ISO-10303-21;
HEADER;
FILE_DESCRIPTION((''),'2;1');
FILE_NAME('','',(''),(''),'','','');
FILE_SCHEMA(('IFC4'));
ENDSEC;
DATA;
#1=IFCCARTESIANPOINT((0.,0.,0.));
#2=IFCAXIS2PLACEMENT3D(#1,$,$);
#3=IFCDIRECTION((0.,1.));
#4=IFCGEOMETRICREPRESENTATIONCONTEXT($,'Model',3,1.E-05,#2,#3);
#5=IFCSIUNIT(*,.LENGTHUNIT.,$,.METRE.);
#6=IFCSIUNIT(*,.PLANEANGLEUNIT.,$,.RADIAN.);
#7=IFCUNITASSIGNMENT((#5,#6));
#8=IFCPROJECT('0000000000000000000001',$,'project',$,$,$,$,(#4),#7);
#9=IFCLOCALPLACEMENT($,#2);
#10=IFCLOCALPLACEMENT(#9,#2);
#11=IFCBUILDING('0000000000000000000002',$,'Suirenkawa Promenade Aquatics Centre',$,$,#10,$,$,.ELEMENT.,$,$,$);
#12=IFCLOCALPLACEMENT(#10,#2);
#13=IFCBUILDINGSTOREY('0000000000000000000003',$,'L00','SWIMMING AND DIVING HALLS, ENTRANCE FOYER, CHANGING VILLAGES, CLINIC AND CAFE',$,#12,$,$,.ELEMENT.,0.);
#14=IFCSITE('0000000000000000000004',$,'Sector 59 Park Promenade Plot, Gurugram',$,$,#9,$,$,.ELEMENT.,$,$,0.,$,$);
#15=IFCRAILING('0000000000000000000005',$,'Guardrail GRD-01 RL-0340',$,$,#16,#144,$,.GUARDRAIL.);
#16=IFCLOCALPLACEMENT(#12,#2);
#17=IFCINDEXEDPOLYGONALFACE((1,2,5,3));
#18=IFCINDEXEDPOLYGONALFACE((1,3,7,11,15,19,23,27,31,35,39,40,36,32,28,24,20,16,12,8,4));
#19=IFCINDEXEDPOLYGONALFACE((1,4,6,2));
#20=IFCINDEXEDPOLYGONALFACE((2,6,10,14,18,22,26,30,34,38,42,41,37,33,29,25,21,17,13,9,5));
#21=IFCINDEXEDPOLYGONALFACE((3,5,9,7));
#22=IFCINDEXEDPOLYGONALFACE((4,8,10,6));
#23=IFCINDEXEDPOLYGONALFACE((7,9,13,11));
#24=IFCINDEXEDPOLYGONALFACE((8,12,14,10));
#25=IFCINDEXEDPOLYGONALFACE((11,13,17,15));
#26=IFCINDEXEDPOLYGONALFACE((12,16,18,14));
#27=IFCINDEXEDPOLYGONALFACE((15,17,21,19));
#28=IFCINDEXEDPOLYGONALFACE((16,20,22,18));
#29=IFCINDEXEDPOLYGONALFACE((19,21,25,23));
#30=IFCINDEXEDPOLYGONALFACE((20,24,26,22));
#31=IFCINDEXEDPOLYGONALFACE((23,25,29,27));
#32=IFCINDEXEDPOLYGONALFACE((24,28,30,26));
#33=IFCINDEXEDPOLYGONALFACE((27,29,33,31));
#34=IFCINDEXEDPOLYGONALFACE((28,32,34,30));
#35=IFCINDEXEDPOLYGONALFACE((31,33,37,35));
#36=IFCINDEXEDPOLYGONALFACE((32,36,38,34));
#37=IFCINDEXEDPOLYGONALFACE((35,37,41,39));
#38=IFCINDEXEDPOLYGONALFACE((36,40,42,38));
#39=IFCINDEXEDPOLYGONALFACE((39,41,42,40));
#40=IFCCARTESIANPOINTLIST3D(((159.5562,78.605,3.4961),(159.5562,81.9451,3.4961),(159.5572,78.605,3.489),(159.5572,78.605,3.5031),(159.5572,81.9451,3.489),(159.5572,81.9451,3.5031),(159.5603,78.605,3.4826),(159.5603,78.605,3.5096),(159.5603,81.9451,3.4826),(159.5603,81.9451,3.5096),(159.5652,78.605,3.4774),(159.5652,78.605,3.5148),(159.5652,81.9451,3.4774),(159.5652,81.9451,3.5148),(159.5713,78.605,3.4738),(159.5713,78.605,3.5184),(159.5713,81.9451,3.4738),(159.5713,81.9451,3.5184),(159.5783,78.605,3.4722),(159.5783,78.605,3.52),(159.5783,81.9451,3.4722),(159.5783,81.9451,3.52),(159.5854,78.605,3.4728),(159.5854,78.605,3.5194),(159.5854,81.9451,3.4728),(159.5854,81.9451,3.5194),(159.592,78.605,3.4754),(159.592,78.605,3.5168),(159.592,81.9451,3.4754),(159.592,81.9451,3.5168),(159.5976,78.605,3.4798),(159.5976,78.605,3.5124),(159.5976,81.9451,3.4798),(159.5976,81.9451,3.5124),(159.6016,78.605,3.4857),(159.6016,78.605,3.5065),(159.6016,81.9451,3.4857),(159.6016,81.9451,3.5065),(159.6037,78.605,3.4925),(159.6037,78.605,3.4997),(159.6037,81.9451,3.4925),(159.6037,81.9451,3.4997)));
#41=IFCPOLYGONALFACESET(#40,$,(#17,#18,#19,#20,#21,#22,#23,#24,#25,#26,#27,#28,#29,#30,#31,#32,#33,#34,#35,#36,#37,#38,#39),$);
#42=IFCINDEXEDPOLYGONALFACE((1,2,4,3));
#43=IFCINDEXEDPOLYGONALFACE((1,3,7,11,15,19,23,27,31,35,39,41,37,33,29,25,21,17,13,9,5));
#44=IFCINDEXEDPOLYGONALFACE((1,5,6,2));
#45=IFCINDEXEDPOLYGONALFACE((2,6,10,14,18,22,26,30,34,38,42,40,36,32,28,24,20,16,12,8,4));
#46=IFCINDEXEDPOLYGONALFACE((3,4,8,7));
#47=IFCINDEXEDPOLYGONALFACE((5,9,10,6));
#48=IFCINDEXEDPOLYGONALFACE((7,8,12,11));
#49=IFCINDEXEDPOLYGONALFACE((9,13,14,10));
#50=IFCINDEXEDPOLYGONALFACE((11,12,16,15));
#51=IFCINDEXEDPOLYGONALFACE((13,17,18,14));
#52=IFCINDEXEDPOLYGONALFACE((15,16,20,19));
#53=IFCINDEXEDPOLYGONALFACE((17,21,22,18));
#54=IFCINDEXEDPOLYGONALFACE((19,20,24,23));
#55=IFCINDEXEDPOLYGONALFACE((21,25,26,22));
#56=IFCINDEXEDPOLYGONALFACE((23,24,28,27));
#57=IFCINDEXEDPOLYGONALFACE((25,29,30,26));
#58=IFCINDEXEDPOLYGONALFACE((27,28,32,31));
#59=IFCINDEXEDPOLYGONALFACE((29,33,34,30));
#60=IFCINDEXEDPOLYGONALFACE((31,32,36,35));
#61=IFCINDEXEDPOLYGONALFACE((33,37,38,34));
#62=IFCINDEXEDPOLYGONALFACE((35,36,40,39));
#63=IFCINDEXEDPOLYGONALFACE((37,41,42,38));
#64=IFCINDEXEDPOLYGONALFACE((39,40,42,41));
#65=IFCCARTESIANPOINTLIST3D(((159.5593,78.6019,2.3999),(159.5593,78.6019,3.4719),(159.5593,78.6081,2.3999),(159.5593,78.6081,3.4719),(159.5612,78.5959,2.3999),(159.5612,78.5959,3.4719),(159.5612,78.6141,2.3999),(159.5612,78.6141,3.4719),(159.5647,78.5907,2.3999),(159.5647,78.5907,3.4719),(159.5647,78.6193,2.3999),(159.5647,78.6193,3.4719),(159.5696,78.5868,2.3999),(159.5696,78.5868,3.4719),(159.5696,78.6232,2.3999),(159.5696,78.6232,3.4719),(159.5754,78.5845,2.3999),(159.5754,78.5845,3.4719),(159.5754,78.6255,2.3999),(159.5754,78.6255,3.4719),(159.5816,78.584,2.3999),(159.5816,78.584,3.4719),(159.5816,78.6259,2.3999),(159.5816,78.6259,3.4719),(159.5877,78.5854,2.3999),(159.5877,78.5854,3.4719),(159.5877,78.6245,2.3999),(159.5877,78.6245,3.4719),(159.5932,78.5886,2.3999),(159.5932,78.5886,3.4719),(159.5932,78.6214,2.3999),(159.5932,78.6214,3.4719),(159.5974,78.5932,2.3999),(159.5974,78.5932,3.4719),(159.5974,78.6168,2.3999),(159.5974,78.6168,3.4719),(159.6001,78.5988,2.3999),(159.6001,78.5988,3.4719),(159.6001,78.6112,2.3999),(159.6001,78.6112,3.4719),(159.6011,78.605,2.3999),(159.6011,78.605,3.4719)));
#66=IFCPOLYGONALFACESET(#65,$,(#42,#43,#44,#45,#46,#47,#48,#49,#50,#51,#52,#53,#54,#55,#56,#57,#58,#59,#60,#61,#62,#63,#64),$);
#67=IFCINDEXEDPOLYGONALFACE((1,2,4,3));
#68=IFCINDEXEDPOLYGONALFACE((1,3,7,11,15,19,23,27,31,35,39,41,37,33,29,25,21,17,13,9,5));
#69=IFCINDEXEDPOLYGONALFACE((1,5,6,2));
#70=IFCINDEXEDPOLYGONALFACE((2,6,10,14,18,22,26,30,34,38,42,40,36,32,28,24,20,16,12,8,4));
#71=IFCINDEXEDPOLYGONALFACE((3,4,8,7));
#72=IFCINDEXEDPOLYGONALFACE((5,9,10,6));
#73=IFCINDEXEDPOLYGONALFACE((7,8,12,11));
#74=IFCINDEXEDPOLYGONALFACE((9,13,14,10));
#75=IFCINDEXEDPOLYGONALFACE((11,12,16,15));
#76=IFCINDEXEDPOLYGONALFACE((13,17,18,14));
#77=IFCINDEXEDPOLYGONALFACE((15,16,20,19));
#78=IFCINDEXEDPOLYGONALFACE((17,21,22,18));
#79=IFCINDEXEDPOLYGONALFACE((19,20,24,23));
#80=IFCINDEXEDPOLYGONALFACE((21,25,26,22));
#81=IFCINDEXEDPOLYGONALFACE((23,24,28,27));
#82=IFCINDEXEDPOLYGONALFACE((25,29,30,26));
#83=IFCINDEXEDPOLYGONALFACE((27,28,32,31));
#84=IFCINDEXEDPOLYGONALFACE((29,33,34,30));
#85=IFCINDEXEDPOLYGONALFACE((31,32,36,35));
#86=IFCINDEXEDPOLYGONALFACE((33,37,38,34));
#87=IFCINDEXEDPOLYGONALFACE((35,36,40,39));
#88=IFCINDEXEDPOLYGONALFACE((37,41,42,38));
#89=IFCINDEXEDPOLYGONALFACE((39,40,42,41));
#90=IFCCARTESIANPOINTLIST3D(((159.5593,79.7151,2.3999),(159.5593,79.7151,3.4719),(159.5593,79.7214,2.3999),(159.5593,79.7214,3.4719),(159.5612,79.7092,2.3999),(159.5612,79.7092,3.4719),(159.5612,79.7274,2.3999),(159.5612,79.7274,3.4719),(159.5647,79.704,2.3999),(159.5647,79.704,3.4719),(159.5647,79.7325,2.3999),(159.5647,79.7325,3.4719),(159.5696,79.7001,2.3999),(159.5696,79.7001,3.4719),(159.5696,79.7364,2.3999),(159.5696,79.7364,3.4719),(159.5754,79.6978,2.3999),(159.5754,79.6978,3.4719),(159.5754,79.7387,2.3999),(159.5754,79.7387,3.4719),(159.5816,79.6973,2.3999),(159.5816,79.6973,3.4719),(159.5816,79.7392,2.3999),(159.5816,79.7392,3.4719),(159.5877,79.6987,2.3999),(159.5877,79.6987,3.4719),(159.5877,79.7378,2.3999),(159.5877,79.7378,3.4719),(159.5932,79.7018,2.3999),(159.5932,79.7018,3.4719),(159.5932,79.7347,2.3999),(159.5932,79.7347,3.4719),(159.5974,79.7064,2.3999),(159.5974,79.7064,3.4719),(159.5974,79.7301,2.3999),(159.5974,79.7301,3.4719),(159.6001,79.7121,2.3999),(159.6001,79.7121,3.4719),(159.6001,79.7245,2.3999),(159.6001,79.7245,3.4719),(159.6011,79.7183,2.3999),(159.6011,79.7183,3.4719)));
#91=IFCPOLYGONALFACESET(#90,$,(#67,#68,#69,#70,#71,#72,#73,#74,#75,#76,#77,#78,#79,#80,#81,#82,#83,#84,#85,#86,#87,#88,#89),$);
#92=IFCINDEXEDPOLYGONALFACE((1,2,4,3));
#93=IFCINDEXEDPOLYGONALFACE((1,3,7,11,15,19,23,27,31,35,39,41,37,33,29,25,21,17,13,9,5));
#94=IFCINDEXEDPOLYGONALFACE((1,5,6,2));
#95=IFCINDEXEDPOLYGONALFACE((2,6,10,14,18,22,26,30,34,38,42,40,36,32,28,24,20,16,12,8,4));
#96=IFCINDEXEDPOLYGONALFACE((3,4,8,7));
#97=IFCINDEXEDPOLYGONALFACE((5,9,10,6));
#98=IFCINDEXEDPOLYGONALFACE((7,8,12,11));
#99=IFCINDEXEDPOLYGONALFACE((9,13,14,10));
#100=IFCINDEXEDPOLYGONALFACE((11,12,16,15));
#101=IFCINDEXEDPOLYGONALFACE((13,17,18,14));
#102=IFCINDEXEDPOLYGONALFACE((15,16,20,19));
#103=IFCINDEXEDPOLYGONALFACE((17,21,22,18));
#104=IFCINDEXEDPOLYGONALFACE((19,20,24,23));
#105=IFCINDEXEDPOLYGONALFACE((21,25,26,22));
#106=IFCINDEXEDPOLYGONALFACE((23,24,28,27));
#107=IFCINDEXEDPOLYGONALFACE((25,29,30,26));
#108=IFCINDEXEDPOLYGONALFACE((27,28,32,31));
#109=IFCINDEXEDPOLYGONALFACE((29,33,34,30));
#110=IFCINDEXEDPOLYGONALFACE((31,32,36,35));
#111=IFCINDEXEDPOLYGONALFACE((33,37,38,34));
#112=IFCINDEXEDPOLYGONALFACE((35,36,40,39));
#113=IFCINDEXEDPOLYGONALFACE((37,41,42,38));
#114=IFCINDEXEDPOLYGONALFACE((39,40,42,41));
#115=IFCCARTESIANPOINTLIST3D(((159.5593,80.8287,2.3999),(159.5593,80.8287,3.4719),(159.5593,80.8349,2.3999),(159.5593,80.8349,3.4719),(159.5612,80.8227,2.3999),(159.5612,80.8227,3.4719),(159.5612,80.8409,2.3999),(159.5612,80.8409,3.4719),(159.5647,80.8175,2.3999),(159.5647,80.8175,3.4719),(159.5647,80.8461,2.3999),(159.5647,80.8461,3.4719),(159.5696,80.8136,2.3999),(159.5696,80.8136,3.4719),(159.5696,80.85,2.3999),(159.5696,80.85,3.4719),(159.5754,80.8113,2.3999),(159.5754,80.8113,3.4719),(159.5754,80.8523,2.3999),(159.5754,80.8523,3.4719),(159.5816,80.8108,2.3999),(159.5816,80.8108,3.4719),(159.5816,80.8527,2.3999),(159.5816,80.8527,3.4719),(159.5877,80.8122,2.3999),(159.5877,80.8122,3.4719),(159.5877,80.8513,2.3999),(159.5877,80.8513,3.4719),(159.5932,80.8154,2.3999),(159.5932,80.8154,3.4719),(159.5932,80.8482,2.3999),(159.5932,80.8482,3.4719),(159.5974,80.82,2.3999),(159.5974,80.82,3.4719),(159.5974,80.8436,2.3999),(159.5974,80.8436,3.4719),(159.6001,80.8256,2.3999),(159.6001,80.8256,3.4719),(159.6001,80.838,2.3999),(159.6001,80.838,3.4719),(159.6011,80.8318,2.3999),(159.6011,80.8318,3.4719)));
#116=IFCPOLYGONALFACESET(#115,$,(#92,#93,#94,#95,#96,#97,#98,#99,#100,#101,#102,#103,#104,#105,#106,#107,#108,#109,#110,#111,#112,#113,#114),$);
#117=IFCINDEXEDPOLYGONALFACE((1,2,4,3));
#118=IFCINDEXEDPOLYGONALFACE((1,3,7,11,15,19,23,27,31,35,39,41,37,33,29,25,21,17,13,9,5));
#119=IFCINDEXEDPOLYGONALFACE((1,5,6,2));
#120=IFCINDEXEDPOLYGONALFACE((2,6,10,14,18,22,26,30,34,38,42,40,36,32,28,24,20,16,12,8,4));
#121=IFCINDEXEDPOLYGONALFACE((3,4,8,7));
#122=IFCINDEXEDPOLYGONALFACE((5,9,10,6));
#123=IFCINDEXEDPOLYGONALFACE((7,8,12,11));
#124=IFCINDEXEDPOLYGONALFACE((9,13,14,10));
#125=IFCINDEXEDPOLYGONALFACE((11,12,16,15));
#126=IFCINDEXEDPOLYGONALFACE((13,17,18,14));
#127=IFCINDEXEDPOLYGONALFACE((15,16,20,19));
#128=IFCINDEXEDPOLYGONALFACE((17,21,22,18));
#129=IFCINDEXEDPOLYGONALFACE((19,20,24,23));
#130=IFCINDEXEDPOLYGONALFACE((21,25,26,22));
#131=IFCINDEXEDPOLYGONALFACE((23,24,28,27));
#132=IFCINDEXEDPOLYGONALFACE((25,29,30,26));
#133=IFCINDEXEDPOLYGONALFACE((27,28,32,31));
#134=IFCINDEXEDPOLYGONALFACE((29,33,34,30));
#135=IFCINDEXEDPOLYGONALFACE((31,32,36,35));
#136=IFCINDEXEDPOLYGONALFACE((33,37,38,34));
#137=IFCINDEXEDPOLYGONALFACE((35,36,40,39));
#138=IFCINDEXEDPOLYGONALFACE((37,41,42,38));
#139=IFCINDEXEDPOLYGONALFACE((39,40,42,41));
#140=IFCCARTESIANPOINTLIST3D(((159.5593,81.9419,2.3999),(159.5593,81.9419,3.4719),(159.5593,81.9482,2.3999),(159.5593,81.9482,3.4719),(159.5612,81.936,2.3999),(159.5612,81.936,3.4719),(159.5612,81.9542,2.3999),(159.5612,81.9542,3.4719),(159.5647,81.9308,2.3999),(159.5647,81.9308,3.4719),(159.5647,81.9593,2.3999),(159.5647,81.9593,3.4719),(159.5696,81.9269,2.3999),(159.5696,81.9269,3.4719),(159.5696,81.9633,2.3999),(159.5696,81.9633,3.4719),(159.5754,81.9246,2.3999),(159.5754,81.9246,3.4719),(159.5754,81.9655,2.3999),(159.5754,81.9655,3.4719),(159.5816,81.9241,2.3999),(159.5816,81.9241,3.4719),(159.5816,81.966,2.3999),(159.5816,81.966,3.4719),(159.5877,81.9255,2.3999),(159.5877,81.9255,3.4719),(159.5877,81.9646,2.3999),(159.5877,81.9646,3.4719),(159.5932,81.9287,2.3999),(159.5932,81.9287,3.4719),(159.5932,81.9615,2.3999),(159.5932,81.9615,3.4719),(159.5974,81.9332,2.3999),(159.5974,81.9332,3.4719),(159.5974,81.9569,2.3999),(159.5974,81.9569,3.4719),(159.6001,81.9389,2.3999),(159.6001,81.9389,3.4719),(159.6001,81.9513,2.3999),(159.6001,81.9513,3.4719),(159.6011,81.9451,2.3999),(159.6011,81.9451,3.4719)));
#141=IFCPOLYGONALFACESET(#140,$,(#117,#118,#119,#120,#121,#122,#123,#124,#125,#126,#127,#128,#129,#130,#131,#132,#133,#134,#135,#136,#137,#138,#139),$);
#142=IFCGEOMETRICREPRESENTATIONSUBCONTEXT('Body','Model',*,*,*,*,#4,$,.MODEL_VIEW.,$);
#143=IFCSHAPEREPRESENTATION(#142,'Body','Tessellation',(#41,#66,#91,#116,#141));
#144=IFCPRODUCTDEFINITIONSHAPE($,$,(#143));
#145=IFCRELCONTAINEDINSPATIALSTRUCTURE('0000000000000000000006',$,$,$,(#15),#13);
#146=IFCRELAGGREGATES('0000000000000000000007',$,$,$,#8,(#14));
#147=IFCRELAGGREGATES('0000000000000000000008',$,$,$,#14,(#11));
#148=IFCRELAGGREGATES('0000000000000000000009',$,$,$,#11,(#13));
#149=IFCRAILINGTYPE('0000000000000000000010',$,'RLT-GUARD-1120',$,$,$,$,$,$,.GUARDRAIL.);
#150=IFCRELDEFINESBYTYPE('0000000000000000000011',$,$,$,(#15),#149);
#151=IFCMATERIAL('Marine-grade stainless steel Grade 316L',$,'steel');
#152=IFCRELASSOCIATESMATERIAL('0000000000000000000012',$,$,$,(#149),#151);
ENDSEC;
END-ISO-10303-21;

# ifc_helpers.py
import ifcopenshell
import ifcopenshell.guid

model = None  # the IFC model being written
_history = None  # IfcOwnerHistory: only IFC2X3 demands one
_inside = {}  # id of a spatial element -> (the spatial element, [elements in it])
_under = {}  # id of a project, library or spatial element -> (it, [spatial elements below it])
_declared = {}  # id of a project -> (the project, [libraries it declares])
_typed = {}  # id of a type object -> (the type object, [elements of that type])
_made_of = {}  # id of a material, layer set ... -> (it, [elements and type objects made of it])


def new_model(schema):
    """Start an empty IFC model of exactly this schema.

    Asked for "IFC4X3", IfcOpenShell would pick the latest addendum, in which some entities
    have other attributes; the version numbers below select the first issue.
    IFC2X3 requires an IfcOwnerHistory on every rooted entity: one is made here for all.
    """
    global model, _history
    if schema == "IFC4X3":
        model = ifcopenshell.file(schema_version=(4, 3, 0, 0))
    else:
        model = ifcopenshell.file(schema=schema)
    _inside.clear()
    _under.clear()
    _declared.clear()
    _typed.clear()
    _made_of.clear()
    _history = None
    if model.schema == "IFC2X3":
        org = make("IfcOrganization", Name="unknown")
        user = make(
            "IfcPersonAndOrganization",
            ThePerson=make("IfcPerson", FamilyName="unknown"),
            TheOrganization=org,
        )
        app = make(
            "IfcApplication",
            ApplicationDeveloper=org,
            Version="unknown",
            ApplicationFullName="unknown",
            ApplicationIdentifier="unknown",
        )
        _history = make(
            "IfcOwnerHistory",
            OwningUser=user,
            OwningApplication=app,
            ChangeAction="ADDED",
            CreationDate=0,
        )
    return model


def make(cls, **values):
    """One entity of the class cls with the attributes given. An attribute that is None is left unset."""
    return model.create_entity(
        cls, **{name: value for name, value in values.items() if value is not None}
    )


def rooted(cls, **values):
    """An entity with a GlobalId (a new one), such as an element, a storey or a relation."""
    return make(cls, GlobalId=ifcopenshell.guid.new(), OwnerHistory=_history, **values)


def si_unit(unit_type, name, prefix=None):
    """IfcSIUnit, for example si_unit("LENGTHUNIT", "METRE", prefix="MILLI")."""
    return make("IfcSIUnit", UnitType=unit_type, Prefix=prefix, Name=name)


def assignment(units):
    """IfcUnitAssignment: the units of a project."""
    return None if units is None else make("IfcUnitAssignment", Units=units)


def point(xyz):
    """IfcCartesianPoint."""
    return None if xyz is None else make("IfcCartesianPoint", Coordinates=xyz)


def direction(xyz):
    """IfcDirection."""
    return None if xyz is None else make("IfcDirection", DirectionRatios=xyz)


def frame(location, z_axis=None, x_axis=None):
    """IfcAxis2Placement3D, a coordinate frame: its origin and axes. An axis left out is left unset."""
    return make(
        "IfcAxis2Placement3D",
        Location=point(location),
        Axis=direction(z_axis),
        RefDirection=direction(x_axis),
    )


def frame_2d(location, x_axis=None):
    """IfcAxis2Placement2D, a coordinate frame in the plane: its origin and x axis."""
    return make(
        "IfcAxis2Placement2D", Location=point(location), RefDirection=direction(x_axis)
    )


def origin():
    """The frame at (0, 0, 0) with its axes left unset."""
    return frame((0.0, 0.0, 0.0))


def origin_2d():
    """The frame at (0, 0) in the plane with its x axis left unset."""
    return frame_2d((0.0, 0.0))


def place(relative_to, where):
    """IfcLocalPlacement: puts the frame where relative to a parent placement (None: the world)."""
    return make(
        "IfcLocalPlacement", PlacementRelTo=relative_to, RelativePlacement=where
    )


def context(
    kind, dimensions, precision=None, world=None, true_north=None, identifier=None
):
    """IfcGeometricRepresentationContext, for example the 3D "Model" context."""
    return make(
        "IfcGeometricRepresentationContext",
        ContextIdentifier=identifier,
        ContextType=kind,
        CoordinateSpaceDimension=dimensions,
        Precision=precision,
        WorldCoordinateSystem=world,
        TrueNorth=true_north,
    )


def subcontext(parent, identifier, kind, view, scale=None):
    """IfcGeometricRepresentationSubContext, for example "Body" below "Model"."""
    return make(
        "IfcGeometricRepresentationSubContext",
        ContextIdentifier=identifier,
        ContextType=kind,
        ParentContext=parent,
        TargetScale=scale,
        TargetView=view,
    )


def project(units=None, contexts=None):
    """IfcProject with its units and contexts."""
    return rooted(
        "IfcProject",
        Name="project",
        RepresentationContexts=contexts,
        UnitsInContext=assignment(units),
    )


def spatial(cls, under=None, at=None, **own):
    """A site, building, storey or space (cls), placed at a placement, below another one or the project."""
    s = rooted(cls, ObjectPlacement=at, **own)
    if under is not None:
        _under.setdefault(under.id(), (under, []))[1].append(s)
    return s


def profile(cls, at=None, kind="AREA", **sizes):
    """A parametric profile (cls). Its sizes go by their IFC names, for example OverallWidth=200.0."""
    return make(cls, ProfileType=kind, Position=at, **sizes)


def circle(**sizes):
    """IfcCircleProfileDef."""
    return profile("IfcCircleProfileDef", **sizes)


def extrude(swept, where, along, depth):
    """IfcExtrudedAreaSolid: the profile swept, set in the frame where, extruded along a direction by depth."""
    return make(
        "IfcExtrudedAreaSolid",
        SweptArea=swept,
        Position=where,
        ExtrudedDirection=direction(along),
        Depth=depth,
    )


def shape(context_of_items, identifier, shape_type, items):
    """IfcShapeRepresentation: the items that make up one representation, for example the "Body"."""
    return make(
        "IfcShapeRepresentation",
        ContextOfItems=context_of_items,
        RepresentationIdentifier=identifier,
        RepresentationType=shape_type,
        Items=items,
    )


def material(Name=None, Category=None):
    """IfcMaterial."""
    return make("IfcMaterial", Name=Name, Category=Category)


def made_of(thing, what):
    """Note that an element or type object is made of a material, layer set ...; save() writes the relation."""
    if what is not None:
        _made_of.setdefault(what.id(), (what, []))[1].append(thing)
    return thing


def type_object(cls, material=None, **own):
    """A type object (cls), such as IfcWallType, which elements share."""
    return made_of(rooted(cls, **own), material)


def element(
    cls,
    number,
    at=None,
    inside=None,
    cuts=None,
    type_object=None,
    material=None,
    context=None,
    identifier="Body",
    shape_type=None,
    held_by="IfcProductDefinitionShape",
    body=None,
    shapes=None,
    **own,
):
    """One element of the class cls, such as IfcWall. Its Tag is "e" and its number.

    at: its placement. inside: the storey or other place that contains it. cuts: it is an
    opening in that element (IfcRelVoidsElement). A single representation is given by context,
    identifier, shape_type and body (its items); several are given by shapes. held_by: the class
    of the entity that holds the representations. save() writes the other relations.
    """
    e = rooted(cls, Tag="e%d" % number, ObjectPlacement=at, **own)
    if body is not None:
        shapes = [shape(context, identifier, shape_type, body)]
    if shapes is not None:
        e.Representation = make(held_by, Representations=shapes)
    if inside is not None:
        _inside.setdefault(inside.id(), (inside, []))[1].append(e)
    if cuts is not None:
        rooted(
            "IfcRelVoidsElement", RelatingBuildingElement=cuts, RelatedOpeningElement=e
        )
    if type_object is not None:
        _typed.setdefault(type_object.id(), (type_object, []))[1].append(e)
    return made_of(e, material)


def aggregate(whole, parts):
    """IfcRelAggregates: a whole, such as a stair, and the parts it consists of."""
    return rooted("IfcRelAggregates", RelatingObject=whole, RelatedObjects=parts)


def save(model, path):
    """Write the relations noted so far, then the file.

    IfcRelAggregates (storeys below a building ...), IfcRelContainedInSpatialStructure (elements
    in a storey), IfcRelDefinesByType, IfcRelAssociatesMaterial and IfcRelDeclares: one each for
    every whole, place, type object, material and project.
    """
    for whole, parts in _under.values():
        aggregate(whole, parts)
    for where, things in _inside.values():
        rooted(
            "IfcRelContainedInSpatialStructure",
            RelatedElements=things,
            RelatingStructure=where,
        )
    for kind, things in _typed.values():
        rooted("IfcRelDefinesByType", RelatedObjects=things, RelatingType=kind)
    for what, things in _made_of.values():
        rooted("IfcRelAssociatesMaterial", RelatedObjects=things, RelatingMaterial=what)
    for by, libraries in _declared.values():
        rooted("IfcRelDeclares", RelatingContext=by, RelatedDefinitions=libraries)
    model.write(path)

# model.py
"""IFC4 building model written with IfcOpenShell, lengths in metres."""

from ifc_helpers import new_model, si_unit, direction, frame, origin, origin_2d, place, context, subcontext, project, spatial, circle, extrude, material, type_object, element, save


model = new_model("IFC4")

# Units and contexts
model_context = context("Model", 3, precision=1e-05, world=origin(), true_north=direction((0.0, 1.0)))
body_context = subcontext(model_context, "Body", "Model", "MODEL_VIEW")
ifc_project = project(units=[si_unit("LENGTHUNIT", "METRE"), si_unit("PLANEANGLEUNIT", "RADIAN")], contexts=[model_context])

# Site, building, storey
site_placement = place(None, origin())
site = spatial("IfcSite", under=ifc_project, at=site_placement, Name="Sector 59 Park Promenade Plot, Gurugram", CompositionType="ELEMENT", RefElevation=0.0)
building_placement = place(site_placement, origin())
building = spatial("IfcBuilding", under=site, at=building_placement, Name="Suirenkawa Promenade Aquatics Centre", CompositionType="ELEMENT")
storey_placement = place(building_placement, origin())
storey = spatial("IfcBuildingStorey", under=building, at=storey_placement, Name="L00", Description="SWIMMING AND DIVING HALLS, ENTRANCE FOYER, CHANGING VILLAGES, CLINIC AND CAFE", CompositionType="ELEMENT", Elevation=0.0)

# Railing
ifc_material_1 = material(Name="Marine-grade stainless steel Grade 316L", Category="steel")
railing_type_1 = type_object("IfcRailingType", Name="RLT-GUARD-1120", PredefinedType="GUARDRAIL", material=ifc_material_1)
for number, where, name in (
    (1, (159.5801, 78.605, 2.3999), "Guardrail GRD-01 RL-0340"),
):
    element("IfcRailing", number, at=place(storey_placement, frame(where)), inside=storey, type_object=railing_type_1, Name=name, PredefinedType="GUARDRAIL", context=body_context, shape_type="SweptSolid", body=[
        extrude(circle(Radius=0.0239, at=origin_2d()), frame((0.0, 0.0, 1.0962), z_axis=(0.0, 1.0, 0.0), x_axis=(-1.0, 0.0, 0.0)), (0.0, 0.0, 1.0), 3.3401),
        extrude(circle(Radius=0.021, at=origin_2d()), origin(), (0.0, 0.0, 1.0), 1.072),
        extrude(circle(Radius=0.021, at=origin_2d()), frame((0.0, 1.1133, 0.0)), (0.0, 0.0, 1.0), 1.072),
        extrude(circle(Radius=0.021, at=origin_2d()), frame((0.0, 2.2268, 0.0)), (0.0, 0.0, 1.0), 1.072),
        extrude(circle(Radius=0.021, at=origin_2d()), frame((0.0, 3.3401, 0.0)), (0.0, 0.0, 1.0), 1.072),
    ])

save(model, "model.ifc")
